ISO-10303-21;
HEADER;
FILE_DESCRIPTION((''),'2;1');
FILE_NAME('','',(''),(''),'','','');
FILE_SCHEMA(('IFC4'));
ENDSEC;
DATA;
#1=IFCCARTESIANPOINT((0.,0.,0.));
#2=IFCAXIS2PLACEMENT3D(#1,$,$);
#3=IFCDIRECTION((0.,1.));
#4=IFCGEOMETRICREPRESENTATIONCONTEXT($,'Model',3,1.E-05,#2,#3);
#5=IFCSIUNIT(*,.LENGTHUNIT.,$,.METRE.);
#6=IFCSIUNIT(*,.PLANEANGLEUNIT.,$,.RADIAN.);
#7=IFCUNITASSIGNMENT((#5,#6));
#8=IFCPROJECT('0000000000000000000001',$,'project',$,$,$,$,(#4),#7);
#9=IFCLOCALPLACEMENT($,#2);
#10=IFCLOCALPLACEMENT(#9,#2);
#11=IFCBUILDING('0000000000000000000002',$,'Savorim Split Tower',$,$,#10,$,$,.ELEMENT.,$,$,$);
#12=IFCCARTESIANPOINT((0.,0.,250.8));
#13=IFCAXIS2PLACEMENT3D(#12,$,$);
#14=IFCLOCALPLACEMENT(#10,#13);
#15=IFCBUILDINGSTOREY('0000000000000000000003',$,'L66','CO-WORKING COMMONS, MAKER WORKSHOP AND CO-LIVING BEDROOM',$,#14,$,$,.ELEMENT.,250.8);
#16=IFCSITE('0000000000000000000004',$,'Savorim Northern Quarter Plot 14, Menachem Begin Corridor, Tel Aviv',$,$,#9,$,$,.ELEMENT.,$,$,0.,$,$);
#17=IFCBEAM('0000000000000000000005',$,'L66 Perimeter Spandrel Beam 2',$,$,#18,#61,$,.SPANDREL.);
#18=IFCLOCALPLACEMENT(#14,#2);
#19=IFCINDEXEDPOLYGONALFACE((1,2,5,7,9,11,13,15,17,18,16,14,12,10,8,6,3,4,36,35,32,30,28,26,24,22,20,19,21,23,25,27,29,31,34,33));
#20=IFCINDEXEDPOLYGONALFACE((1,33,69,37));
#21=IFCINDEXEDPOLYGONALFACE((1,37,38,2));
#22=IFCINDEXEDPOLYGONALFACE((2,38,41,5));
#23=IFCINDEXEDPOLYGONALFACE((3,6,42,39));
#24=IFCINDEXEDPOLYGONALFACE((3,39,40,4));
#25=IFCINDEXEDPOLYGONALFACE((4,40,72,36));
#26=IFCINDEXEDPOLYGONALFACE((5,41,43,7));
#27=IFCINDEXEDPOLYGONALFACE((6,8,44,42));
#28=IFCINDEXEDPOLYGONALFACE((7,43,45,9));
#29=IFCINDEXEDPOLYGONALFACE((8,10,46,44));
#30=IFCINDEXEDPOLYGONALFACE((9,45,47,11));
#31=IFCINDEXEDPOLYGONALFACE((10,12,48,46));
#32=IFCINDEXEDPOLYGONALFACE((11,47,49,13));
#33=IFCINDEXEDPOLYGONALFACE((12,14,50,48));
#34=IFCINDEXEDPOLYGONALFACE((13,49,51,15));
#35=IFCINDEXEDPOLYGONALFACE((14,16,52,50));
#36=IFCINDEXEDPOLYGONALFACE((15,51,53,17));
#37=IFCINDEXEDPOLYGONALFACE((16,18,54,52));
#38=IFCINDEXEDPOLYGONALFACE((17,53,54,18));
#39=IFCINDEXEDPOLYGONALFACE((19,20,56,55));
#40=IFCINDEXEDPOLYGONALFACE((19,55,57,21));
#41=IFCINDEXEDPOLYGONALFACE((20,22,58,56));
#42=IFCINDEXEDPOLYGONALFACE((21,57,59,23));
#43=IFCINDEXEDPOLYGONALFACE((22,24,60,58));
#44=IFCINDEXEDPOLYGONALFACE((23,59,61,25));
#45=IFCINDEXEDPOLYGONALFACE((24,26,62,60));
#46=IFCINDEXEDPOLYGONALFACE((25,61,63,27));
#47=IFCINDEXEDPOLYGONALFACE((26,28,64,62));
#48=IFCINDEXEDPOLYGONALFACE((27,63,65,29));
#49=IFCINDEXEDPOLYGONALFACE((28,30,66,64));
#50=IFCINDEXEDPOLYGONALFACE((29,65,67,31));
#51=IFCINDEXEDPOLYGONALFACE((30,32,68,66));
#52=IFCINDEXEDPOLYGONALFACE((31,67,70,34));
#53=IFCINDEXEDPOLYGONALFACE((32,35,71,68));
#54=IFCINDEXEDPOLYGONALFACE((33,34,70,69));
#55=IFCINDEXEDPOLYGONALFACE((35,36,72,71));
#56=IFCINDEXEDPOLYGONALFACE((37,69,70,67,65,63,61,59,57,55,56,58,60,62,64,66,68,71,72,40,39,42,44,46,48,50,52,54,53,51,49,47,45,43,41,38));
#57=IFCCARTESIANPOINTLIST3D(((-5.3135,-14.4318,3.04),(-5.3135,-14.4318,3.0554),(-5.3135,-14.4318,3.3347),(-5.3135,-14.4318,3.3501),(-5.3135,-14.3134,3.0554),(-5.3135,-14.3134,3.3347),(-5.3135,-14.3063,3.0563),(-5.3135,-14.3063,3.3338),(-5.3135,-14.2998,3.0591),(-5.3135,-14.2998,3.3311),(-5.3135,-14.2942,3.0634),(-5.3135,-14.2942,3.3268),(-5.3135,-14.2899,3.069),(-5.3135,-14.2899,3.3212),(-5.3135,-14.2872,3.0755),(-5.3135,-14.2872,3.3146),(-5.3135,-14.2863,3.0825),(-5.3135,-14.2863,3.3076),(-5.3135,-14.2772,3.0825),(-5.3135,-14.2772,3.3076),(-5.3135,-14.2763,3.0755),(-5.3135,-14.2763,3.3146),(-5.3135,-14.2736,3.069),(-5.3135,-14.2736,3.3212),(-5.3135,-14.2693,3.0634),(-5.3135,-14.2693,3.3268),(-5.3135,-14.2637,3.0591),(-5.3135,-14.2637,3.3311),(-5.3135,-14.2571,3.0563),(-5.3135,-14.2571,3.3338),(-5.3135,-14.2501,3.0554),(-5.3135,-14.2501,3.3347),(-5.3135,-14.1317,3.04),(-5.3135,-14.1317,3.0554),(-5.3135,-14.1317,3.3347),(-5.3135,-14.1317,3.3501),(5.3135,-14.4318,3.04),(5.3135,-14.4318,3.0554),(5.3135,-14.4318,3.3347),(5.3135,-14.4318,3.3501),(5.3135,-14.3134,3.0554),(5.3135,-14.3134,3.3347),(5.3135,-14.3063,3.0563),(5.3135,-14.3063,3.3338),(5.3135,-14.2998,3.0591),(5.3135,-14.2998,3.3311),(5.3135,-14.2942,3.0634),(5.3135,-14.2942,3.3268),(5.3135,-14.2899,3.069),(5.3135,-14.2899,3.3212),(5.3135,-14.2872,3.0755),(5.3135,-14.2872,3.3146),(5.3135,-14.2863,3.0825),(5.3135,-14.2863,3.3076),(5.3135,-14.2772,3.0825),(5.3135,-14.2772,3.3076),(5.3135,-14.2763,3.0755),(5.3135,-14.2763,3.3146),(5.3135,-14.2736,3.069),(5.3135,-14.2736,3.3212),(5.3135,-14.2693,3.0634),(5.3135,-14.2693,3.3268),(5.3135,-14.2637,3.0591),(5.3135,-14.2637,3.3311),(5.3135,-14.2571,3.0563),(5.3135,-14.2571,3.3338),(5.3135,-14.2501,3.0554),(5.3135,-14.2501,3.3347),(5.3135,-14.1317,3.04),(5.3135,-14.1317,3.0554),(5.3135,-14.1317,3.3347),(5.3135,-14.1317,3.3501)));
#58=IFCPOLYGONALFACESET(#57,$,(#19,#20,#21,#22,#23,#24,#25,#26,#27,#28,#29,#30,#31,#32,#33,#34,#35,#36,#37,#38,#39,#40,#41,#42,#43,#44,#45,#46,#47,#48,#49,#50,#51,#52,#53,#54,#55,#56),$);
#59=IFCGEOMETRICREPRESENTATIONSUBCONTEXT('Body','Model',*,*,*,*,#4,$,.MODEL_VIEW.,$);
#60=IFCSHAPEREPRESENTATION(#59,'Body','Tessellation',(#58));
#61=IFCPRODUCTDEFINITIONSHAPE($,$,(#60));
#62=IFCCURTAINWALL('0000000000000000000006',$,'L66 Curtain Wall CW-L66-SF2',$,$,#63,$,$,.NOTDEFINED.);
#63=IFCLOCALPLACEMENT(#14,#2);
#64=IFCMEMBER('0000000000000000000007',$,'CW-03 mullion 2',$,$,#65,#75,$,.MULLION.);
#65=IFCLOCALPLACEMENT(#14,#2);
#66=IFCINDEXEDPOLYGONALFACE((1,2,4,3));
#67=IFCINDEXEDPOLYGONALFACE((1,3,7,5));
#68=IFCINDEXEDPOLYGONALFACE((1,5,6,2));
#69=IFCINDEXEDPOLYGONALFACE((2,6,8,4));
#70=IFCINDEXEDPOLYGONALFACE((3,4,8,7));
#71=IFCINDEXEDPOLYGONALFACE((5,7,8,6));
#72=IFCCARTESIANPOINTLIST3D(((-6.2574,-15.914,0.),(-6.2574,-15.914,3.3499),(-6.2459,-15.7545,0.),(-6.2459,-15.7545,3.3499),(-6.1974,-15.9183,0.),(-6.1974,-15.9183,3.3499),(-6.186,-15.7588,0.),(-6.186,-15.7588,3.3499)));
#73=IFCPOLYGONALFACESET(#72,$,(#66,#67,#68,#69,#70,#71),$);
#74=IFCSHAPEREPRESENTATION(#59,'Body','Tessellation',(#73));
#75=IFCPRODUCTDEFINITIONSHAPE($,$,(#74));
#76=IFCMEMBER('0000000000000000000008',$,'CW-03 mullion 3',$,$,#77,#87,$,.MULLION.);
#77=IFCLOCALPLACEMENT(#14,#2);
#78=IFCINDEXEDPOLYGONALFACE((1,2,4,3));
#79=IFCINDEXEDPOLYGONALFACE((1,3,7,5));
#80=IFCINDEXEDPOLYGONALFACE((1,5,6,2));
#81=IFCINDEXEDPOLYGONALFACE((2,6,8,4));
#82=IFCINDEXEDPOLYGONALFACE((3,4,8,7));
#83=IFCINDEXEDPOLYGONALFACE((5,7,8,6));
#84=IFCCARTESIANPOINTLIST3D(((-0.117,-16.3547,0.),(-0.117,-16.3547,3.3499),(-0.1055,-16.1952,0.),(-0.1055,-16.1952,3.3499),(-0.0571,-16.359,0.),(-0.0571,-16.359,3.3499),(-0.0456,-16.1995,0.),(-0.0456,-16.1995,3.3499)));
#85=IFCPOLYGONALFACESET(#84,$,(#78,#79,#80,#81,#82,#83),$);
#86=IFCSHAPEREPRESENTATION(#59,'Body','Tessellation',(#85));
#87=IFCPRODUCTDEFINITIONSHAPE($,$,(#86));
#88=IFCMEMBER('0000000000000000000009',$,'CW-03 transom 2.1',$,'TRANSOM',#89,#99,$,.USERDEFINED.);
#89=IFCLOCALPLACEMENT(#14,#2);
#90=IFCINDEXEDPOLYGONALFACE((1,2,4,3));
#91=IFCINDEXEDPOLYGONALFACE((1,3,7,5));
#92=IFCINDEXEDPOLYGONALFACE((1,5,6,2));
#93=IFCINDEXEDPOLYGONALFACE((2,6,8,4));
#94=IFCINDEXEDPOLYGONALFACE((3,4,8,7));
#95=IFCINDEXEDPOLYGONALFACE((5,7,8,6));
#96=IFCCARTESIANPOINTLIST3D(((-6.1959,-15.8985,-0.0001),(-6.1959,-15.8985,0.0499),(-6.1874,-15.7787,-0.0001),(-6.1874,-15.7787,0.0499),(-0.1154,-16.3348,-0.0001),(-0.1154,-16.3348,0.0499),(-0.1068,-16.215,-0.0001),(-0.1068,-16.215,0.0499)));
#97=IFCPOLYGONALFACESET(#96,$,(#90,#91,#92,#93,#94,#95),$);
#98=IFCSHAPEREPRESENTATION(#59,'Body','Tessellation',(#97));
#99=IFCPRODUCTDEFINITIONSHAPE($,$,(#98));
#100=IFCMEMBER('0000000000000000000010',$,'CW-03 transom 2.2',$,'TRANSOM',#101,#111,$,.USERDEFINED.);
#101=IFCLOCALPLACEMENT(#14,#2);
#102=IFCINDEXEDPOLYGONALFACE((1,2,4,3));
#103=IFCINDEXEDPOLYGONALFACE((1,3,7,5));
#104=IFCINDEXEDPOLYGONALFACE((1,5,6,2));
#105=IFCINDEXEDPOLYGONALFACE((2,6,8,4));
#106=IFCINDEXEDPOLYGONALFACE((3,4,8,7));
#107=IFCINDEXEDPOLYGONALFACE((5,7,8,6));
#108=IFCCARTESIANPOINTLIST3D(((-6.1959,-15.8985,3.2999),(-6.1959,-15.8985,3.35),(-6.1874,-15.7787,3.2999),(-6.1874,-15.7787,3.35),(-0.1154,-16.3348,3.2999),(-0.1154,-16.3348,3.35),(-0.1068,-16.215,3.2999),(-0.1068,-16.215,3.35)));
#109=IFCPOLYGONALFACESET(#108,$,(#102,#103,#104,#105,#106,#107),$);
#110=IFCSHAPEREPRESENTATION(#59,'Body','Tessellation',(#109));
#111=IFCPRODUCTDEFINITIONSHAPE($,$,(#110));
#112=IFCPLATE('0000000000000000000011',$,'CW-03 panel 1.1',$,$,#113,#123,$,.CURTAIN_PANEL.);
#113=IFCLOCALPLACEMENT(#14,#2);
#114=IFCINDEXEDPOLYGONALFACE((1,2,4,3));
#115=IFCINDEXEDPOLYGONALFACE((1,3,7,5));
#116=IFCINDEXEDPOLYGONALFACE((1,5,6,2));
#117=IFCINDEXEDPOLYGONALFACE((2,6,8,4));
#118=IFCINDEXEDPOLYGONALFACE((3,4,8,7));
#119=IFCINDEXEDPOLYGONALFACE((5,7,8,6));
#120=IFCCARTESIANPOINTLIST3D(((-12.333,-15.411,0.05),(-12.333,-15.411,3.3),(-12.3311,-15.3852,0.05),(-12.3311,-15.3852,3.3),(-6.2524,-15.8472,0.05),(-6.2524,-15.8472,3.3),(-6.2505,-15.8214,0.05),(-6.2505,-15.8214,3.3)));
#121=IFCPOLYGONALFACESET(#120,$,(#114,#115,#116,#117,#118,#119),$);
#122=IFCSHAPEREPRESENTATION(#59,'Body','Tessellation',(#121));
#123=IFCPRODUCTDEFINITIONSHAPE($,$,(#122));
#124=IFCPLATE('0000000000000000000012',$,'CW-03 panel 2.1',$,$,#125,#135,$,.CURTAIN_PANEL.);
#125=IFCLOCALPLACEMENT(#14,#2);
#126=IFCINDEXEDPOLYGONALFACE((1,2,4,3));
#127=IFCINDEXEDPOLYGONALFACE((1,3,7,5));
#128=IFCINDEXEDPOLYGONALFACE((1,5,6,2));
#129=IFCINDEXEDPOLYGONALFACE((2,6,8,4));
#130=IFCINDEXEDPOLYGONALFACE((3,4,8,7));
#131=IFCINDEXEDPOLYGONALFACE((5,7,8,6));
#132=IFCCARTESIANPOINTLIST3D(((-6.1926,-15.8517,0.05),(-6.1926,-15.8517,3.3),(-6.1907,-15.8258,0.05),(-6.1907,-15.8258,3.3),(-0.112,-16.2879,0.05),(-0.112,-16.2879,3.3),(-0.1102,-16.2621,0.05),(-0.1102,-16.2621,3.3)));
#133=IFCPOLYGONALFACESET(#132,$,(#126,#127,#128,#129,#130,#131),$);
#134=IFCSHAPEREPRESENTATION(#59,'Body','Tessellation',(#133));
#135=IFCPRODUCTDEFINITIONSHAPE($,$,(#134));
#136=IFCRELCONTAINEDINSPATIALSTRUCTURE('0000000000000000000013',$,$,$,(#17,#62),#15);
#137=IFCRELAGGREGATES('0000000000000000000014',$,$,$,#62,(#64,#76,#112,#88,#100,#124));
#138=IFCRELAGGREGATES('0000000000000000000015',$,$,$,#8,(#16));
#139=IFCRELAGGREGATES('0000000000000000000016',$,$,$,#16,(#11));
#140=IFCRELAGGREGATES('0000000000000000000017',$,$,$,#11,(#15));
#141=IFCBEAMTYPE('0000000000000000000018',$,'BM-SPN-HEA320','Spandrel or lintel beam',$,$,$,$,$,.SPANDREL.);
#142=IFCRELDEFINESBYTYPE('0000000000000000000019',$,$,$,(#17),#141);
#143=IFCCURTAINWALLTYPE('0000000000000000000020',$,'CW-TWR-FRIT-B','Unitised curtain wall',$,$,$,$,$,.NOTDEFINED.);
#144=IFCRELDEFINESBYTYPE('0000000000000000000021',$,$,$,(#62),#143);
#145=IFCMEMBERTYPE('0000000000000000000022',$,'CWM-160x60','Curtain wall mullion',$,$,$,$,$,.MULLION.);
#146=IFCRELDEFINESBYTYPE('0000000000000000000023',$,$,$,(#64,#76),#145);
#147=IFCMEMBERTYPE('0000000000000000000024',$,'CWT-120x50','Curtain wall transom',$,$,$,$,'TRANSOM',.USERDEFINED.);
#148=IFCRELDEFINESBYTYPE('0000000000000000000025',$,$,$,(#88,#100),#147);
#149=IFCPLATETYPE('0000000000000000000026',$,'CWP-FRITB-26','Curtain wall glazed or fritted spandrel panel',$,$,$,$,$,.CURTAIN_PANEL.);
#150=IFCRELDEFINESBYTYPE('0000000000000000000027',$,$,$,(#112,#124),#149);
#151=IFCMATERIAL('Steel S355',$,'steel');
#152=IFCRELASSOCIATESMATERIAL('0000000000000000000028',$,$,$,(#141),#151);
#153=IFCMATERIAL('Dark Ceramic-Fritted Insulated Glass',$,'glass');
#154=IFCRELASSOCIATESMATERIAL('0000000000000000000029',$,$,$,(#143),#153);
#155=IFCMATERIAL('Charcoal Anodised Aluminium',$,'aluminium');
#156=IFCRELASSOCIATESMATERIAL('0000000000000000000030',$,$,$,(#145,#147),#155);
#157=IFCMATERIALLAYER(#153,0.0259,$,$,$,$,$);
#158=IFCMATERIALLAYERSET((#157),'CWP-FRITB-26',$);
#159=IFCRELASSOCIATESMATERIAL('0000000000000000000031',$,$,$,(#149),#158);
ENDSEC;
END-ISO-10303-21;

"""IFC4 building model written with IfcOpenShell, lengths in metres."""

from ifc_helpers import new_model, si_unit, direction, frame, origin, origin_2d, place, context, subcontext, project, spatial, rectangle, i_section, extrude, material, layer, layer_set, material_profile, profile_set, type_object, element, aggregate, save


model = new_model("IFC4")

# Units and contexts
model_context = context("Model", 3, precision=1e-05, world=origin(), true_north=direction((0.0, 1.0)))
body_context = subcontext(model_context, "Body", "Model", "MODEL_VIEW")
ifc_project = project(units=[si_unit("LENGTHUNIT", "METRE"), si_unit("PLANEANGLEUNIT", "RADIAN")], contexts=[model_context])

# Site, building, storey
site_placement = place(None, origin())
site = spatial("IfcSite", under=ifc_project, at=site_placement, Name="Savorim Northern Quarter Plot 14, Menachem Begin Corridor, Tel Aviv", CompositionType="ELEMENT", RefElevation=0.0)
building_placement = place(site_placement, origin())
building = spatial("IfcBuilding", under=site, at=building_placement, Name="Savorim Split Tower", CompositionType="ELEMENT")
storey_placement = place(building_placement, frame((0.0, 0.0, 250.8)))
storey = spatial("IfcBuildingStorey", under=building, at=storey_placement, Name="L66", Description="CO-WORKING COMMONS, MAKER WORKSHOP AND CO-LIVING BEDROOM", CompositionType="ELEMENT", Elevation=250.8)

# Shared definitions
ifc_material_1 = material(Name="Steel S355", Category="steel")

# Beam
ifc_material_profile_1 = material_profile(ifc_material_1, i_section(OverallWidth=0.3, OverallDepth=0.3101, WebThickness=0.009, FlangeThickness=0.0154, FilletRadius=0.0271, at=origin_2d()), Name="HEA 320")
ifc_profile_set_1 = profile_set([ifc_material_profile_1], Name="Steel S355")
beam_type_1 = type_object("IfcBeamType", Name="BM-SPN-HEA320", Description="Spandrel or lintel beam", PredefinedType="SPANDREL", material=ifc_profile_set_1)
beam_1_placement = place(storey_placement, frame((-5.3135, -14.2817, 3.1951), z_axis=(1.0, 0.0, 0.0), x_axis=(0.0, 1.0, 0.0)))
element("IfcBeam", 1, at=beam_1_placement, inside=storey, type_object=beam_type_1, Name="L66 Perimeter Spandrel Beam 2", PredefinedType="SPANDREL", context=body_context, shape_type="SweptSolid", body=[
    extrude(i_section(OverallWidth=0.3, OverallDepth=0.3101, WebThickness=0.009, FlangeThickness=0.0154, FilletRadius=0.0271, at=origin_2d()), origin(), (0.0, 0.0, 1.0), 10.627),
])

# Curtain wall, members, plates
ifc_material_2 = material(Name="Dark Ceramic-Fritted Insulated Glass", Category="glass")
curtain_wall_type = type_object("IfcCurtainWallType", Name="CW-TWR-FRIT-B", Description="Unitised curtain wall", PredefinedType="NOTDEFINED", material=ifc_material_2)
curtain_wall_placement = place(storey_placement, origin())
curtain_wall = element("IfcCurtainWall", 2, at=curtain_wall_placement, inside=storey, type_object=curtain_wall_type, Name="L66 Curtain Wall CW-L66-SF2", PredefinedType="NOTDEFINED")
ifc_material_3 = material(Name="Charcoal Anodised Aluminium", Category="aluminium")
ifc_material_profile_2 = material_profile(ifc_material_3, rectangle(XDim=0.1599, YDim=0.0601, at=origin_2d()), Name="ALU-M 160x60")
ifc_profile_set_2 = profile_set([ifc_material_profile_2], Name="Charcoal Anodised Aluminium")
member_type_1 = type_object("IfcMemberType", Name="CWM-160x60", Description="Curtain wall mullion", PredefinedType="MULLION", material=ifc_profile_set_2)
member_1_placement = place(storey_placement, frame((-6.2217, -15.8364, 0.0), z_axis=(0.0, 0.0, 1.0), x_axis=(0.071562, 0.997436, 0.0)))
member_1 = element("IfcMember", 3, at=member_1_placement, type_object=member_type_1, Name="CW-03 mullion 2", PredefinedType="MULLION", context=body_context, shape_type="SweptSolid", body=[
    extrude(rectangle(XDim=0.1599, YDim=0.0601, at=origin_2d()), origin(), (0.0, 0.0, 1.0), 3.3499),
])
member_2_placement = place(storey_placement, frame((-0.0813, -16.2771, 0.0), z_axis=(0.0, 0.0, 1.0), x_axis=(0.071562, 0.997436, 0.0)))
member_2 = element("IfcMember", 4, at=member_2_placement, type_object=member_type_1, Name="CW-03 mullion 3", PredefinedType="MULLION", context=body_context, shape_type="SweptSolid", body=[
    extrude(rectangle(XDim=0.1599, YDim=0.0601, at=origin_2d()), origin(), (0.0, 0.0, 1.0), 3.3499),
])
ifc_material_profile_3 = material_profile(ifc_material_3, rectangle(XDim=0.1201, YDim=0.05, at=origin_2d()), Name="ALU-T 120x50")
ifc_profile_set_3 = profile_set([ifc_material_profile_3], Name="Charcoal Anodised Aluminium")
member_type_2 = type_object("IfcMemberType", Name="CWT-120x50", Description="Curtain wall transom", ElementType="TRANSOM", PredefinedType="USERDEFINED", material=ifc_profile_set_3)
member_3_placement = place(storey_placement, frame((-6.1917, -15.8386, 0.0249), z_axis=(0.997436, -0.071566, 0.0), x_axis=(0.071566, 0.997436, 0.0)))
member_3 = element("IfcMember", 5, at=member_3_placement, type_object=member_type_2, Name="CW-03 transom 2.1", ObjectType="TRANSOM", PredefinedType="USERDEFINED", context=body_context, shape_type="SweptSolid", body=[
    extrude(rectangle(XDim=0.1201, YDim=0.05, at=origin_2d()), origin(), (0.0, 0.0, 1.0), 6.0962),
])
member_4_placement = place(storey_placement, frame((-6.1917, -15.8386, 3.325), z_axis=(0.997436, -0.071566, 0.0), x_axis=(0.071566, 0.997436, 0.0)))
member_4 = element("IfcMember", 6, at=member_4_placement, type_object=member_type_2, Name="CW-03 transom 2.2", ObjectType="TRANSOM", PredefinedType="USERDEFINED", context=body_context, shape_type="SweptSolid", body=[
    extrude(rectangle(XDim=0.1201, YDim=0.05, at=origin_2d()), origin(), (0.0, 0.0, 1.0), 6.0962),
])
ifc_layer_1 = layer(ifc_material_2, 0.0259)
ifc_layer_set_1 = layer_set([ifc_layer_1], Name="CWP-FRITB-26")
plate_type = type_object("IfcPlateType", Name="CWP-FRITB-26", Description="Curtain wall glazed or fritted spandrel panel", PredefinedType="CURTAIN_PANEL", material=ifc_layer_set_1)
plate_1_placement = place(storey_placement, frame((-9.2917, -15.6162, 0.05), z_axis=(0.0, 0.0, 1.0), x_axis=(0.997436, -0.071562, 0.0)))
plate_1 = element("IfcPlate", 7, at=plate_1_placement, type_object=plate_type, Name="CW-03 panel 1.1", PredefinedType="CURTAIN_PANEL", context=body_context, shape_type="SweptSolid", body=[
    extrude(rectangle(XDim=6.0962, YDim=0.0259, at=origin_2d()), origin(), (0.0, 0.0, 1.0), 3.25),
])
plate_2_placement = place(storey_placement, frame((-3.1514, -16.0569, 0.05), z_axis=(0.0, 0.0, 1.0), x_axis=(0.997436, -0.071562, 0.0)))
plate_2 = element("IfcPlate", 8, at=plate_2_placement, type_object=plate_type, Name="CW-03 panel 2.1", PredefinedType="CURTAIN_PANEL", context=body_context, shape_type="SweptSolid", body=[
    extrude(rectangle(XDim=6.0962, YDim=0.0259, at=origin_2d()), origin(), (0.0, 0.0, 1.0), 3.25),
])
aggregate(curtain_wall, [member_1, member_2, plate_1, member_3, member_4, plate_2])

save(model, "model.ifc")
